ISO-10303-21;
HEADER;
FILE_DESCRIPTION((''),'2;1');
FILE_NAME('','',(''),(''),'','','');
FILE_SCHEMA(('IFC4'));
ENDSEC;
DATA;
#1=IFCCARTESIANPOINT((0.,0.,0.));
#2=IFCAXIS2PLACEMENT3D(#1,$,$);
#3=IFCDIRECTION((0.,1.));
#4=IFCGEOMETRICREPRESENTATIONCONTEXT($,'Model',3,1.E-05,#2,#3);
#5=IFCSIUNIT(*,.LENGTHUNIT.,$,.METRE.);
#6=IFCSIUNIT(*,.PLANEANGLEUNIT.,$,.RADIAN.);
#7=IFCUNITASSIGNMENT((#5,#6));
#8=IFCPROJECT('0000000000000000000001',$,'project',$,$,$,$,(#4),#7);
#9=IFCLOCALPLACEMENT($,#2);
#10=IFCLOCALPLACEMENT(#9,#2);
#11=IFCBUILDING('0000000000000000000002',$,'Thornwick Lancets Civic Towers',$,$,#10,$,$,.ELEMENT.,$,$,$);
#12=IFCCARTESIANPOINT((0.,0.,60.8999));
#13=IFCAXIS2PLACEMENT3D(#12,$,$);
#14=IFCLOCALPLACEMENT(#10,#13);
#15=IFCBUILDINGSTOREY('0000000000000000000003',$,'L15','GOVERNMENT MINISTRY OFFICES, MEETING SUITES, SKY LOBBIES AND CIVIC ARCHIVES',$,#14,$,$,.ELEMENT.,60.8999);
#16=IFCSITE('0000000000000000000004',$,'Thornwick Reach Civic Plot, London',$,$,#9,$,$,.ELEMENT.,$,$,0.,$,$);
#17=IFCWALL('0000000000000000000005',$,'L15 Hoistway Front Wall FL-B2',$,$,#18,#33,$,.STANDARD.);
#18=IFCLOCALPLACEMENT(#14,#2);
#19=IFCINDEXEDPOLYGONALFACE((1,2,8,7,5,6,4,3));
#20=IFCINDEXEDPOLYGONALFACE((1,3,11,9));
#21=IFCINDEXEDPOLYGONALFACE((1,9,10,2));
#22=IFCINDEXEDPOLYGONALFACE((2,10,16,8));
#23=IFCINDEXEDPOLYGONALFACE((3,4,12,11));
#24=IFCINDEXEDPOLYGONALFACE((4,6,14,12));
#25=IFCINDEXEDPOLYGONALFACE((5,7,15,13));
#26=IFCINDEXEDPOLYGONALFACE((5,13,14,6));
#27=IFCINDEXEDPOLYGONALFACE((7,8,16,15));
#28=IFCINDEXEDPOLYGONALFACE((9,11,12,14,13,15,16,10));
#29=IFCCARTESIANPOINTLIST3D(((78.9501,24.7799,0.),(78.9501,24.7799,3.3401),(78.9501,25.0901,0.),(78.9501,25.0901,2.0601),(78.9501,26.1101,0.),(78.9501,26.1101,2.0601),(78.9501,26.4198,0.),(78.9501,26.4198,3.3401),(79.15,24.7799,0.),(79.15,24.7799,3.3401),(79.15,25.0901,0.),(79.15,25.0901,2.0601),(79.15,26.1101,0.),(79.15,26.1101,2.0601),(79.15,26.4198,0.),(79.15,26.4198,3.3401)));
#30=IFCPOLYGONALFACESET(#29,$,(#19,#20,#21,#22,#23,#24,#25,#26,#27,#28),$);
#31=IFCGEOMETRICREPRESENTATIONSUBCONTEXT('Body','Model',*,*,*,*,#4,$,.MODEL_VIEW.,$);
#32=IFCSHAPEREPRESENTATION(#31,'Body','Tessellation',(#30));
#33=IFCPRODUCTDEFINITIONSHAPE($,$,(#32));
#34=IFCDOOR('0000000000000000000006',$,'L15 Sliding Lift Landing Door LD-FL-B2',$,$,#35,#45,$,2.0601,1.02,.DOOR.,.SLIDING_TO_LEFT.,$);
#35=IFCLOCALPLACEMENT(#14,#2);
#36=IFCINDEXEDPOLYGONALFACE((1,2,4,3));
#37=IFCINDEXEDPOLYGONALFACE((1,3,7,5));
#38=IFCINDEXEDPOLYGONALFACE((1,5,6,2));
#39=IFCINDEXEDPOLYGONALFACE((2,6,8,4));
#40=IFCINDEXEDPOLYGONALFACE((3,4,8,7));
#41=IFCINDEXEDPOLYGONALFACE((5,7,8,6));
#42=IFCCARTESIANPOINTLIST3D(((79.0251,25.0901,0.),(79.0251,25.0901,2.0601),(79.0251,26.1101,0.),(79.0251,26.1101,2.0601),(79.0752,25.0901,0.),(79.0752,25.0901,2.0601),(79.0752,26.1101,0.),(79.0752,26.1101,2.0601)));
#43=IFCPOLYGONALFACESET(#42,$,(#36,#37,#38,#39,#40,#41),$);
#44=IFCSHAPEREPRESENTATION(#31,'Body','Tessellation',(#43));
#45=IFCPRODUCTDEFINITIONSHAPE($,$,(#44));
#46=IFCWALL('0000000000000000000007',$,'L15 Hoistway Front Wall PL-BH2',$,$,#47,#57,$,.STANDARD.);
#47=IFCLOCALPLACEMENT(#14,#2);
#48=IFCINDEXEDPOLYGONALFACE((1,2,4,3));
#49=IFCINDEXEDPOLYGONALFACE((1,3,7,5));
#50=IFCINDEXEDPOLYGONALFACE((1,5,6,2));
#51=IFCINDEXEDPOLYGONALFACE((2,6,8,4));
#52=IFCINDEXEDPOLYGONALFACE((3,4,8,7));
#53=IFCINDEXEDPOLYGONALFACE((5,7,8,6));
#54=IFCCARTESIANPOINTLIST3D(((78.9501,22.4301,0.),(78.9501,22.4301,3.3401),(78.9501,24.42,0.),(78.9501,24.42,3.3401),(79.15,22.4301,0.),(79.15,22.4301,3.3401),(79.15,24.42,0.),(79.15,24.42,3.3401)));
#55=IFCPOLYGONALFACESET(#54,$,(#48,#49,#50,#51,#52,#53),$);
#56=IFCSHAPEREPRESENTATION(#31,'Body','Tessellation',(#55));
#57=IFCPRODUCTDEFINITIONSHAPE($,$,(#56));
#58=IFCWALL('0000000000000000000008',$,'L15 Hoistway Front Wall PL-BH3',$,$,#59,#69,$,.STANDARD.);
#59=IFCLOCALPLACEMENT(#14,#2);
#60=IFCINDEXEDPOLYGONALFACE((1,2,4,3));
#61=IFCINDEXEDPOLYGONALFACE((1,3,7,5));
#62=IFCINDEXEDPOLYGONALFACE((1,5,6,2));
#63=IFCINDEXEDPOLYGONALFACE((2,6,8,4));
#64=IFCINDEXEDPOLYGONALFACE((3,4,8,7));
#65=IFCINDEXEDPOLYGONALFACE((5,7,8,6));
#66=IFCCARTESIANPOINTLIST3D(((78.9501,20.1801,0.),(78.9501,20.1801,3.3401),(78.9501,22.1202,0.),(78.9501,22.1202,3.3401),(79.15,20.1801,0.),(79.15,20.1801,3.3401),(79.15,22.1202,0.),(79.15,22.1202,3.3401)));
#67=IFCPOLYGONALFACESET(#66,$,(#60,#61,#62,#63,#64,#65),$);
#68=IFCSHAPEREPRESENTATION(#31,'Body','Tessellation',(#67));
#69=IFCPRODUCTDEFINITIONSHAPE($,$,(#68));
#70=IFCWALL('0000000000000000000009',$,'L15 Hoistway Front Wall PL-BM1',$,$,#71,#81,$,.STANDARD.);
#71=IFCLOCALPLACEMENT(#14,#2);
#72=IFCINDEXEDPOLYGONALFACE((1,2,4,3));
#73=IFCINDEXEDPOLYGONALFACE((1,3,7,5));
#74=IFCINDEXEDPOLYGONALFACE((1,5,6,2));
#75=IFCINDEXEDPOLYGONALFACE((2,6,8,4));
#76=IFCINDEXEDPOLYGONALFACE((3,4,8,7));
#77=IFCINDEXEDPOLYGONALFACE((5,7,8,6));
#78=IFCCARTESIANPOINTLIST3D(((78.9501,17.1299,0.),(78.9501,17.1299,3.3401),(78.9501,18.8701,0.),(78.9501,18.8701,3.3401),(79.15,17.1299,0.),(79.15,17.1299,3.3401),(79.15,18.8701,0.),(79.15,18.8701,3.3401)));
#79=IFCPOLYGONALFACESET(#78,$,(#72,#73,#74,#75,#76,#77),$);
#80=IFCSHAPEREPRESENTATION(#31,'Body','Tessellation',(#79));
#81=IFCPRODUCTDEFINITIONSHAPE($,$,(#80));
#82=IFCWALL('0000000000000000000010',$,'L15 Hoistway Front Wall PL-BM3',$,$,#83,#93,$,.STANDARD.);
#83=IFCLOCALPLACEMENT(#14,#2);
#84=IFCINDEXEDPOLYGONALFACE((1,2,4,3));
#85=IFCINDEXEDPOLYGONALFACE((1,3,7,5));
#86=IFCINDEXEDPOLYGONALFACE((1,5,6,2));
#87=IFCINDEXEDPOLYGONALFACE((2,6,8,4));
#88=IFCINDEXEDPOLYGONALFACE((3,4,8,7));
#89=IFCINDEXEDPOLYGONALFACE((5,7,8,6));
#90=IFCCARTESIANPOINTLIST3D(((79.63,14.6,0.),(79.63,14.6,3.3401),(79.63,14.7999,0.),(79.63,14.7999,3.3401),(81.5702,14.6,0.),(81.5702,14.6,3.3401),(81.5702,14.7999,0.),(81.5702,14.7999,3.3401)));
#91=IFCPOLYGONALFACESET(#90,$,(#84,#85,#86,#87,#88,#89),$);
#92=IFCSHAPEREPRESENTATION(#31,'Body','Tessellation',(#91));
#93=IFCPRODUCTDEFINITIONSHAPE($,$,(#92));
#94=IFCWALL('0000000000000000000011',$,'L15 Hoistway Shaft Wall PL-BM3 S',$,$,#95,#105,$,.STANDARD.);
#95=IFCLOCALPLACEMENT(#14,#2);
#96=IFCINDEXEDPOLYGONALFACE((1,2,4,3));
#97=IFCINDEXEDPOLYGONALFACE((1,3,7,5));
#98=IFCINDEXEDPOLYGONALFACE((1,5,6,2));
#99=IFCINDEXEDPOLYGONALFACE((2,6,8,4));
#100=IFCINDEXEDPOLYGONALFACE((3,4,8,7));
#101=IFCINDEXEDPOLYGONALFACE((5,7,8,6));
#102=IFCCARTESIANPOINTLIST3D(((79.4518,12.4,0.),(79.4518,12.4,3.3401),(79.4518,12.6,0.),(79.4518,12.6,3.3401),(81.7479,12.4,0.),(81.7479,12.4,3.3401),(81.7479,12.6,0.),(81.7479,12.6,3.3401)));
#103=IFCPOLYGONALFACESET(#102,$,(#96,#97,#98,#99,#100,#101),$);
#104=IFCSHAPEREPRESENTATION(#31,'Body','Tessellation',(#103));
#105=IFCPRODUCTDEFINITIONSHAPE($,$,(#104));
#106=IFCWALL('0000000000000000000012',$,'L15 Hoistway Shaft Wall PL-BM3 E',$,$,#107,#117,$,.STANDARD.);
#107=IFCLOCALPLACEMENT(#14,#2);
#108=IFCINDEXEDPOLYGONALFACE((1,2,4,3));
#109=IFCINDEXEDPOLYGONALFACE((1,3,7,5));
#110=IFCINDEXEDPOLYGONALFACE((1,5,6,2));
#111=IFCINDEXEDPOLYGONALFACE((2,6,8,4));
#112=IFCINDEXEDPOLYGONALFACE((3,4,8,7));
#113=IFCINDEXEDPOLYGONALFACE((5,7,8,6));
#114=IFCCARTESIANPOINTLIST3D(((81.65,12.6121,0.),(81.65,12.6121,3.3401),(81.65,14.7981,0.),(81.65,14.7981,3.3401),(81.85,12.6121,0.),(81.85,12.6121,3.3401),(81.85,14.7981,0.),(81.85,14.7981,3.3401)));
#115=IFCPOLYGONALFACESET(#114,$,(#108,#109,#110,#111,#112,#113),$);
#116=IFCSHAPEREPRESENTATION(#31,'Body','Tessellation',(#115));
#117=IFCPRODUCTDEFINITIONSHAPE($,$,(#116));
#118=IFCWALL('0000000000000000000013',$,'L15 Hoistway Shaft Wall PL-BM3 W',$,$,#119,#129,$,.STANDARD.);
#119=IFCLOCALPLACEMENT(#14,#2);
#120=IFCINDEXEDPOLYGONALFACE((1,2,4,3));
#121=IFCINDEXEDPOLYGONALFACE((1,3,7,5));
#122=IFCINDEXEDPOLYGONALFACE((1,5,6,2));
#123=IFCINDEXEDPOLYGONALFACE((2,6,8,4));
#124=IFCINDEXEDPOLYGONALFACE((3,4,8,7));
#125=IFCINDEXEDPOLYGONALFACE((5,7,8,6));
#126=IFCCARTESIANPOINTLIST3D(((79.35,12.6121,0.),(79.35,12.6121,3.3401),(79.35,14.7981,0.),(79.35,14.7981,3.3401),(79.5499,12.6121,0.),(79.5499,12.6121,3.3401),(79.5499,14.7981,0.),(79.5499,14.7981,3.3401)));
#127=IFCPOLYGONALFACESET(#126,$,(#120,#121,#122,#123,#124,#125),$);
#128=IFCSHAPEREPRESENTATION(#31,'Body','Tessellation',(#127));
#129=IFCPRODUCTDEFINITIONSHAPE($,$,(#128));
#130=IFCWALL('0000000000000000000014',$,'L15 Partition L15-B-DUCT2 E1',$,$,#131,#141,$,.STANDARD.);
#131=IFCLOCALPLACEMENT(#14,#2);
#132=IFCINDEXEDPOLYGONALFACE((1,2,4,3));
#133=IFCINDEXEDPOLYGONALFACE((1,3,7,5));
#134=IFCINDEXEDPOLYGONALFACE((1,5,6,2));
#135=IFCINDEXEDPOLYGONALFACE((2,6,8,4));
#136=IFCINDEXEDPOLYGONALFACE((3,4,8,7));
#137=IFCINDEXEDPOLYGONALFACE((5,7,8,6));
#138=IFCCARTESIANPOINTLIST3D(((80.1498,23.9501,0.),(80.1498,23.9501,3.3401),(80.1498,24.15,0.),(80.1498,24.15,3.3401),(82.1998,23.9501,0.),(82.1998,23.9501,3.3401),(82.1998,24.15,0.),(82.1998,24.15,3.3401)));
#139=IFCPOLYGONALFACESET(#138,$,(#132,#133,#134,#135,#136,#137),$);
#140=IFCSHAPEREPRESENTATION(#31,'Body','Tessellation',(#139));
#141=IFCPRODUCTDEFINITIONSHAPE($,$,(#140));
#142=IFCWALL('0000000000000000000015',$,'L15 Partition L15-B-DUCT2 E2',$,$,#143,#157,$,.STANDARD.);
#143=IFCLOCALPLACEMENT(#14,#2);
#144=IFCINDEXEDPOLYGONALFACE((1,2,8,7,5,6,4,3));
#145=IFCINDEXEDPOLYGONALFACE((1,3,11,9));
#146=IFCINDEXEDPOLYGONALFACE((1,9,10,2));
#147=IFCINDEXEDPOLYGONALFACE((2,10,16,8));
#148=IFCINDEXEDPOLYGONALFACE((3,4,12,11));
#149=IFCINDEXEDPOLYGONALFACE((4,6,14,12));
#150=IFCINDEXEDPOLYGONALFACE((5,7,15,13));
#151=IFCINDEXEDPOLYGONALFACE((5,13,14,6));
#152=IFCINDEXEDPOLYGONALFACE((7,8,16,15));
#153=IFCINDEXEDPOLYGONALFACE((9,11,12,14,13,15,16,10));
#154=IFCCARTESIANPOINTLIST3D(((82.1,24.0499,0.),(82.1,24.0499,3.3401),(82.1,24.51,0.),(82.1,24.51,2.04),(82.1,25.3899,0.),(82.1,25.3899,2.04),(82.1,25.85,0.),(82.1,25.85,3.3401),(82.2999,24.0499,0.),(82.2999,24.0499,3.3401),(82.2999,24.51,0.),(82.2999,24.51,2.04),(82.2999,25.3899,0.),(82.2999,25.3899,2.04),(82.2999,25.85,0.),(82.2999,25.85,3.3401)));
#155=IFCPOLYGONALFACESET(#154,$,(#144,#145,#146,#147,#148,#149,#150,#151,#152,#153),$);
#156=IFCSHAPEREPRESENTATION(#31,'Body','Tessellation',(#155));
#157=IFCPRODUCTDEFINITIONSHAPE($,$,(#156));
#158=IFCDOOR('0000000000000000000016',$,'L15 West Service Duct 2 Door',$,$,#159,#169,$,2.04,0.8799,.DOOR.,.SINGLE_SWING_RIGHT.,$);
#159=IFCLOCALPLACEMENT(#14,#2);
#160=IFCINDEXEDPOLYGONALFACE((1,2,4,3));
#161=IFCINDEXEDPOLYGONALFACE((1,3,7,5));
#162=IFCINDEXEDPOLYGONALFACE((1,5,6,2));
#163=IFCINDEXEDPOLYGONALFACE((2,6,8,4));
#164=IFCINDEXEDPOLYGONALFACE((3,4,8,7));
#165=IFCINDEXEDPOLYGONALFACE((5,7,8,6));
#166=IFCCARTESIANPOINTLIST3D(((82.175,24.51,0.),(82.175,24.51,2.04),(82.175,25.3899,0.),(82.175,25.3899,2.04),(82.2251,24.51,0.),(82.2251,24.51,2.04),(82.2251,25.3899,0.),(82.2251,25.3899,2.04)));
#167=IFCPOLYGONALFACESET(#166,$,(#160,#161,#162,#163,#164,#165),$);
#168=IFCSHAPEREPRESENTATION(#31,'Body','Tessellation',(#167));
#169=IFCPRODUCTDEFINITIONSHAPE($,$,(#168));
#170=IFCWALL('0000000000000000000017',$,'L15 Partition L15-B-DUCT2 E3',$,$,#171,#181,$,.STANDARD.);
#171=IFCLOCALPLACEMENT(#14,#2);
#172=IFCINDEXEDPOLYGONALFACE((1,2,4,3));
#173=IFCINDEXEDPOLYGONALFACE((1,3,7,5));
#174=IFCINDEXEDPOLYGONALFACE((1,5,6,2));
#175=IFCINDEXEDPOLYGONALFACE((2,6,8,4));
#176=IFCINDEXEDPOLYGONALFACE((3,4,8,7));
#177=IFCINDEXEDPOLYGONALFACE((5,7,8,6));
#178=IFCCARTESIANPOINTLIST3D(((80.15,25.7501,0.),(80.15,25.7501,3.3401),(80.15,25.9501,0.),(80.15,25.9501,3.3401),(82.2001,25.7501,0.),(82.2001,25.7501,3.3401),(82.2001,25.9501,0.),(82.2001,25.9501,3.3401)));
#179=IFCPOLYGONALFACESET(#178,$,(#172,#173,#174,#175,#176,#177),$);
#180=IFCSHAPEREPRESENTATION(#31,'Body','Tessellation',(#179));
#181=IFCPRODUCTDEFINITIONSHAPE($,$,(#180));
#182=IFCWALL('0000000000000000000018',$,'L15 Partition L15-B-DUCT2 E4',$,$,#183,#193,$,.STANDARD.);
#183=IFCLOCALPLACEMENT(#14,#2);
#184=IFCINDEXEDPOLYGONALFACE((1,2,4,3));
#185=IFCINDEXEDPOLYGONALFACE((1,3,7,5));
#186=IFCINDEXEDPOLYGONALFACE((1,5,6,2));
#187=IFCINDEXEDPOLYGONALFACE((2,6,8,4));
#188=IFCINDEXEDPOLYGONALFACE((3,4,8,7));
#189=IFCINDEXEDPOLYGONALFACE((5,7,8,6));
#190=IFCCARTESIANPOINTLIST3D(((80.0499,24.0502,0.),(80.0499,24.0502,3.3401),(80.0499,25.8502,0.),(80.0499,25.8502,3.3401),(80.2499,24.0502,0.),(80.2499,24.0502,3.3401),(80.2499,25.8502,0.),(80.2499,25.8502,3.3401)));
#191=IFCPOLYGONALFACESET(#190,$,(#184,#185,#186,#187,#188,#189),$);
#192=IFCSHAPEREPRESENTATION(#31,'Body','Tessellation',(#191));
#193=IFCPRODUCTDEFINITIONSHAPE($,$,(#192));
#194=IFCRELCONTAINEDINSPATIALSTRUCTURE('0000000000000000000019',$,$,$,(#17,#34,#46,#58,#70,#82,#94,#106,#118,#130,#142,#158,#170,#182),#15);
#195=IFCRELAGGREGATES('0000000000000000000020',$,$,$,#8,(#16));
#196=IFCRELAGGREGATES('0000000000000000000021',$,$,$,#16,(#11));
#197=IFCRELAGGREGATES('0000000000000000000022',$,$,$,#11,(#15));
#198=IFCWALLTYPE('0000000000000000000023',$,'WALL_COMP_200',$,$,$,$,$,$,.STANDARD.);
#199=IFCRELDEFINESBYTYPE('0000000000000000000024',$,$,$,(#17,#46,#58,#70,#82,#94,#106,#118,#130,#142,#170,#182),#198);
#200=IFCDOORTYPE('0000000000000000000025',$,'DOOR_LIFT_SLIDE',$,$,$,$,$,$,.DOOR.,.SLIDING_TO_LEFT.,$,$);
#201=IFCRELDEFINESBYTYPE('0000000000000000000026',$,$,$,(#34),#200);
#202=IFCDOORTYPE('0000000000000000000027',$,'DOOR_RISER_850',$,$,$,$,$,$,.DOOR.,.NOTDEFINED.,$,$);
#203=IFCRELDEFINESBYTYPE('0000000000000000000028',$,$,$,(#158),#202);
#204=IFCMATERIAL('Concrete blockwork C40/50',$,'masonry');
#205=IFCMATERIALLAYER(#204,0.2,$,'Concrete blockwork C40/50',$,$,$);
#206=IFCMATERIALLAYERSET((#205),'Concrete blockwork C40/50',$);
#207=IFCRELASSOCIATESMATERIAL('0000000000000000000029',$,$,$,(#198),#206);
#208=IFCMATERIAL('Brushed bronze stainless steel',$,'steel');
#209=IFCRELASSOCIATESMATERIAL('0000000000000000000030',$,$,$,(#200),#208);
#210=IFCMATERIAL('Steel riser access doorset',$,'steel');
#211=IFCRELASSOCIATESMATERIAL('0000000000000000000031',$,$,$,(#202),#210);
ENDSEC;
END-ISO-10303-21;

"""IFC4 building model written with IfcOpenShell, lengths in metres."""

from ifc_helpers import new_model, si_unit, direction, frame, frame_2d, origin, place, context, subcontext, project, spatial, rectangle, extrude, material, layer, layer_set, type_object, element, fill, save


model = new_model("IFC4")

# Units and contexts
model_context = context("Model", 3, precision=1e-05, world=origin(), true_north=direction((0.0, 1.0)))
body_context = subcontext(model_context, "Body", "Model", "MODEL_VIEW")
ifc_project = project(units=[si_unit("LENGTHUNIT", "METRE"), si_unit("PLANEANGLEUNIT", "RADIAN")], contexts=[model_context])

# Site, building, storey
site_placement = place(None, origin())
site = spatial("IfcSite", under=ifc_project, at=site_placement, Name="Thornwick Reach Civic Plot, London", CompositionType="ELEMENT", RefElevation=0.0)
building_placement = place(site_placement, origin())
building = spatial("IfcBuilding", under=site, at=building_placement, Name="Thornwick Lancets Civic Towers", CompositionType="ELEMENT")
storey_placement = place(building_placement, frame((0.0, 0.0, 60.8999)))
storey = spatial("IfcBuildingStorey", under=building, at=storey_placement, Name="L15", Description="GOVERNMENT MINISTRY OFFICES, MEETING SUITES, SKY LOBBIES AND CIVIC ARCHIVES", CompositionType="ELEMENT", Elevation=60.8999)

# Wall, opening, door
ifc_material_1 = material(Name="Concrete blockwork C40/50", Category="masonry")
ifc_layer_1 = layer(ifc_material_1, 0.2, Name="Concrete blockwork C40/50")
ifc_layer_set_1 = layer_set([ifc_layer_1], Name="Concrete blockwork C40/50")
wall_type_1 = type_object("IfcWallType", Name="WALL_COMP_200", PredefinedType="STANDARD", material=ifc_layer_set_1)
wall_1_placement = place(storey_placement, frame((79.05, 24.78, 0.0), z_axis=(0.0, 0.0, 1.0), x_axis=(0.0, 1.0, 0.0)))
wall_1 = element("IfcWall", 1, at=wall_1_placement, inside=storey, type_object=wall_type_1, Name="L15 Hoistway Front Wall FL-B2", PredefinedType="STANDARD", context=body_context, shape_type="SweptSolid", body=[
    extrude(rectangle(XDim=1.6399, YDim=0.2, at=frame_2d((0.8198, 0.0))), origin(), (0.0, 0.0, 1.0), 3.3401),
])
opening_1_placement = place(wall_1_placement, frame((0.3101, 0.0, 0.0)))
opening_1 = element("IfcOpeningElement", 2, at=opening_1_placement, cuts=wall_1, PredefinedType="OPENING", context=body_context, shape_type="SweptSolid", body=[
    extrude(rectangle(XDim=1.02, YDim=2.0601, at=frame_2d((0.51, 1.03))), frame((0.0, 0.1099, 0.0), z_axis=(0.0, -1.0, 0.0), x_axis=(1.0, 0.0, 0.0)), (0.0, 0.0, 1.0), 0.22),
])
ifc_material_2 = material(Name="Brushed bronze stainless steel", Category="steel")
door_type_1 = type_object("IfcDoorType", Name="DOOR_LIFT_SLIDE", OperationType="SLIDING_TO_LEFT", PredefinedType="DOOR", material=ifc_material_2)
door_1_placement = place(opening_1_placement, origin())
door_1 = element("IfcDoor", 3, at=door_1_placement, inside=storey, type_object=door_type_1, Name="L15 Sliding Lift Landing Door LD-FL-B2", OperationType="SLIDING_TO_LEFT", OverallHeight=2.0601, OverallWidth=1.02, PredefinedType="DOOR", context=body_context, shape_type="SweptSolid", body=[
    extrude(rectangle(XDim=1.02, YDim=2.0601, at=frame_2d((0.51, 1.03))), frame((0.0, 0.0249, 0.0), z_axis=(0.0, -1.0, 0.0), x_axis=(1.0, 0.0, 0.0)), (0.0, 0.0, 1.0), 0.05),
])
fill(opening_1, door_1)

# Walls
wall_2_placement = place(storey_placement, frame((79.05, 22.4299, 0.0), z_axis=(0.0, 0.0, 1.0), x_axis=(0.0, 1.0, 0.0)))
element("IfcWall", 4, at=wall_2_placement, inside=storey, type_object=wall_type_1, Name="L15 Hoistway Front Wall PL-BH2", PredefinedType="STANDARD", context=body_context, shape_type="SweptSolid", body=[
    extrude(rectangle(XDim=1.99, YDim=0.2, at=frame_2d((0.9951, 0.0))), origin(), (0.0, 0.0, 1.0), 3.3401),
])
wall_3_placement = place(storey_placement, frame((79.05, 20.1799, 0.0), z_axis=(0.0, 0.0, 1.0), x_axis=(0.0, 1.0, 0.0)))
element("IfcWall", 5, at=wall_3_placement, inside=storey, type_object=wall_type_1, Name="L15 Hoistway Front Wall PL-BH3", PredefinedType="STANDARD", context=body_context, shape_type="SweptSolid", body=[
    extrude(rectangle(XDim=1.9402, YDim=0.2, at=frame_2d((0.9702, 0.0))), origin(), (0.0, 0.0, 1.0), 3.3401),
])
wall_4_placement = place(storey_placement, frame((79.05, 17.1299, 0.0), z_axis=(0.0, 0.0, 1.0), x_axis=(0.0, 1.0, 0.0)))
element("IfcWall", 6, at=wall_4_placement, inside=storey, type_object=wall_type_1, Name="L15 Hoistway Front Wall PL-BM1", PredefinedType="STANDARD", context=body_context, shape_type="SweptSolid", body=[
    extrude(rectangle(XDim=1.7402, YDim=0.2, at=frame_2d((0.8701, 0.0))), origin(), (0.0, 0.0, 1.0), 3.3401),
])
wall_5_placement = place(storey_placement, frame((79.6299, 14.7, 0.0), z_axis=(0.0, 0.0, 1.0), x_axis=(1.0, 0.0, 0.0)))
element("IfcWall", 7, at=wall_5_placement, inside=storey, type_object=wall_type_1, Name="L15 Hoistway Front Wall PL-BM3", PredefinedType="STANDARD", context=body_context, shape_type="SweptSolid", body=[
    extrude(rectangle(XDim=1.9402, YDim=0.2, at=frame_2d((0.9702, 0.0))), origin(), (0.0, 0.0, 1.0), 3.3401),
])
wall_6_placement = place(storey_placement, frame((79.4519, 12.5, 0.0), z_axis=(0.0, 0.0, 1.0), x_axis=(1.0, 0.0, 0.0)))
element("IfcWall", 8, at=wall_6_placement, inside=storey, type_object=wall_type_1, Name="L15 Hoistway Shaft Wall PL-BM3 S", PredefinedType="STANDARD", context=body_context, shape_type="SweptSolid", body=[
    extrude(rectangle(XDim=2.2961, YDim=0.2, at=frame_2d((1.1479, 0.0))), origin(), (0.0, 0.0, 1.0), 3.3401),
])
for number, where, z_axis, x_axis, name in (
    (9, (81.75, 12.6121, 0.0), (0.0, 0.0, 1.0), (0.0, 1.0, 0.0), "L15 Hoistway Shaft Wall PL-BM3 E"),
    (10, (79.45, 12.6121, 0.0), (0.0, 0.0, 1.0), (0.0, 1.0, 0.0), "L15 Hoistway Shaft Wall PL-BM3 W"),
):
    element("IfcWall", number, at=place(storey_placement, frame(where, z_axis=z_axis, x_axis=x_axis)), inside=storey, type_object=wall_type_1, Name=name, PredefinedType="STANDARD", context=body_context, shape_type="SweptSolid", body=[
        extrude(rectangle(XDim=2.186, YDim=0.2, at=frame_2d((1.093, 0.0))), origin(), (0.0, 0.0, 1.0), 3.3401),
    ])
wall_7_placement = place(storey_placement, frame((80.1499, 24.05, 0.0), z_axis=(0.0, 0.0, 1.0), x_axis=(1.0, 0.0, 0.0)))
element("IfcWall", 11, at=wall_7_placement, inside=storey, type_object=wall_type_1, Name="L15 Partition L15-B-DUCT2 E1", PredefinedType="STANDARD", context=body_context, shape_type="SweptSolid", body=[
    extrude(rectangle(XDim=2.05, YDim=0.2, at=frame_2d((1.0249, 0.0))), origin(), (0.0, 0.0, 1.0), 3.3401),
])

# Wall, opening, door
wall_8_placement = place(storey_placement, frame((82.2, 24.05, 0.0), z_axis=(0.0, 0.0, 1.0), x_axis=(0.0, 1.0, 0.0)))
wall_8 = element("IfcWall", 12, at=wall_8_placement, inside=storey, type_object=wall_type_1, Name="L15 Partition L15-B-DUCT2 E2", PredefinedType="STANDARD", context=body_context, shape_type="SweptSolid", body=[
    extrude(rectangle(XDim=1.8, YDim=0.2, at=frame_2d((0.8999, 0.0))), origin(), (0.0, 0.0, 1.0), 3.3401),
])
opening_2_placement = place(wall_8_placement, frame((0.46, 0.0, 0.0)))
opening_2 = element("IfcOpeningElement", 13, at=opening_2_placement, cuts=wall_8, PredefinedType="OPENING", context=body_context, shape_type="SweptSolid", body=[
    extrude(rectangle(XDim=0.8799, YDim=2.04, at=frame_2d((0.4399, 1.02))), frame((0.0, 0.1099, 0.0), z_axis=(0.0, -1.0, 0.0), x_axis=(1.0, 0.0, 0.0)), (0.0, 0.0, 1.0), 0.22),
])
ifc_material_3 = material(Name="Steel riser access doorset", Category="steel")
door_type_2 = type_object("IfcDoorType", Name="DOOR_RISER_850", OperationType="NOTDEFINED", PredefinedType="DOOR", material=ifc_material_3)
door_2_placement = place(opening_2_placement, origin())
door_2 = element("IfcDoor", 14, at=door_2_placement, inside=storey, type_object=door_type_2, Name="L15 West Service Duct 2 Door", OperationType="SINGLE_SWING_RIGHT", OverallHeight=2.04, OverallWidth=0.8799, PredefinedType="DOOR", context=body_context, shape_type="SweptSolid", body=[
    extrude(rectangle(XDim=0.8799, YDim=2.04, at=frame_2d((0.4399, 1.02))), frame((0.0, 0.0249, 0.0), z_axis=(0.0, -1.0, 0.0), x_axis=(1.0, 0.0, 0.0)), (0.0, 0.0, 1.0), 0.05),
])
fill(opening_2, door_2)

# Walls
wall_9_placement = place(storey_placement, frame((82.2, 25.8501, 0.0), z_axis=(0.0, 0.0, 1.0), x_axis=(-1.0, 0.0, 0.0)))
element("IfcWall", 15, at=wall_9_placement, inside=storey, type_object=wall_type_1, Name="L15 Partition L15-B-DUCT2 E3", PredefinedType="STANDARD", context=body_context, shape_type="SweptSolid", body=[
    extrude(rectangle(XDim=2.05, YDim=0.2, at=frame_2d((1.0249, 0.0))), origin(), (0.0, 0.0, 1.0), 3.3401),
])
wall_10_placement = place(storey_placement, frame((80.1499, 25.8501, 0.0), z_axis=(0.0, 0.0, 1.0), x_axis=(0.0, -1.0, 0.0)))
element("IfcWall", 16, at=wall_10_placement, inside=storey, type_object=wall_type_1, Name="L15 Partition L15-B-DUCT2 E4", PredefinedType="STANDARD", context=body_context, shape_type="SweptSolid", body=[
    extrude(rectangle(XDim=1.8, YDim=0.2, at=frame_2d((0.8999, 0.0))), origin(), (0.0, 0.0, 1.0), 3.3401),
])

save(model, "model.ifc")
